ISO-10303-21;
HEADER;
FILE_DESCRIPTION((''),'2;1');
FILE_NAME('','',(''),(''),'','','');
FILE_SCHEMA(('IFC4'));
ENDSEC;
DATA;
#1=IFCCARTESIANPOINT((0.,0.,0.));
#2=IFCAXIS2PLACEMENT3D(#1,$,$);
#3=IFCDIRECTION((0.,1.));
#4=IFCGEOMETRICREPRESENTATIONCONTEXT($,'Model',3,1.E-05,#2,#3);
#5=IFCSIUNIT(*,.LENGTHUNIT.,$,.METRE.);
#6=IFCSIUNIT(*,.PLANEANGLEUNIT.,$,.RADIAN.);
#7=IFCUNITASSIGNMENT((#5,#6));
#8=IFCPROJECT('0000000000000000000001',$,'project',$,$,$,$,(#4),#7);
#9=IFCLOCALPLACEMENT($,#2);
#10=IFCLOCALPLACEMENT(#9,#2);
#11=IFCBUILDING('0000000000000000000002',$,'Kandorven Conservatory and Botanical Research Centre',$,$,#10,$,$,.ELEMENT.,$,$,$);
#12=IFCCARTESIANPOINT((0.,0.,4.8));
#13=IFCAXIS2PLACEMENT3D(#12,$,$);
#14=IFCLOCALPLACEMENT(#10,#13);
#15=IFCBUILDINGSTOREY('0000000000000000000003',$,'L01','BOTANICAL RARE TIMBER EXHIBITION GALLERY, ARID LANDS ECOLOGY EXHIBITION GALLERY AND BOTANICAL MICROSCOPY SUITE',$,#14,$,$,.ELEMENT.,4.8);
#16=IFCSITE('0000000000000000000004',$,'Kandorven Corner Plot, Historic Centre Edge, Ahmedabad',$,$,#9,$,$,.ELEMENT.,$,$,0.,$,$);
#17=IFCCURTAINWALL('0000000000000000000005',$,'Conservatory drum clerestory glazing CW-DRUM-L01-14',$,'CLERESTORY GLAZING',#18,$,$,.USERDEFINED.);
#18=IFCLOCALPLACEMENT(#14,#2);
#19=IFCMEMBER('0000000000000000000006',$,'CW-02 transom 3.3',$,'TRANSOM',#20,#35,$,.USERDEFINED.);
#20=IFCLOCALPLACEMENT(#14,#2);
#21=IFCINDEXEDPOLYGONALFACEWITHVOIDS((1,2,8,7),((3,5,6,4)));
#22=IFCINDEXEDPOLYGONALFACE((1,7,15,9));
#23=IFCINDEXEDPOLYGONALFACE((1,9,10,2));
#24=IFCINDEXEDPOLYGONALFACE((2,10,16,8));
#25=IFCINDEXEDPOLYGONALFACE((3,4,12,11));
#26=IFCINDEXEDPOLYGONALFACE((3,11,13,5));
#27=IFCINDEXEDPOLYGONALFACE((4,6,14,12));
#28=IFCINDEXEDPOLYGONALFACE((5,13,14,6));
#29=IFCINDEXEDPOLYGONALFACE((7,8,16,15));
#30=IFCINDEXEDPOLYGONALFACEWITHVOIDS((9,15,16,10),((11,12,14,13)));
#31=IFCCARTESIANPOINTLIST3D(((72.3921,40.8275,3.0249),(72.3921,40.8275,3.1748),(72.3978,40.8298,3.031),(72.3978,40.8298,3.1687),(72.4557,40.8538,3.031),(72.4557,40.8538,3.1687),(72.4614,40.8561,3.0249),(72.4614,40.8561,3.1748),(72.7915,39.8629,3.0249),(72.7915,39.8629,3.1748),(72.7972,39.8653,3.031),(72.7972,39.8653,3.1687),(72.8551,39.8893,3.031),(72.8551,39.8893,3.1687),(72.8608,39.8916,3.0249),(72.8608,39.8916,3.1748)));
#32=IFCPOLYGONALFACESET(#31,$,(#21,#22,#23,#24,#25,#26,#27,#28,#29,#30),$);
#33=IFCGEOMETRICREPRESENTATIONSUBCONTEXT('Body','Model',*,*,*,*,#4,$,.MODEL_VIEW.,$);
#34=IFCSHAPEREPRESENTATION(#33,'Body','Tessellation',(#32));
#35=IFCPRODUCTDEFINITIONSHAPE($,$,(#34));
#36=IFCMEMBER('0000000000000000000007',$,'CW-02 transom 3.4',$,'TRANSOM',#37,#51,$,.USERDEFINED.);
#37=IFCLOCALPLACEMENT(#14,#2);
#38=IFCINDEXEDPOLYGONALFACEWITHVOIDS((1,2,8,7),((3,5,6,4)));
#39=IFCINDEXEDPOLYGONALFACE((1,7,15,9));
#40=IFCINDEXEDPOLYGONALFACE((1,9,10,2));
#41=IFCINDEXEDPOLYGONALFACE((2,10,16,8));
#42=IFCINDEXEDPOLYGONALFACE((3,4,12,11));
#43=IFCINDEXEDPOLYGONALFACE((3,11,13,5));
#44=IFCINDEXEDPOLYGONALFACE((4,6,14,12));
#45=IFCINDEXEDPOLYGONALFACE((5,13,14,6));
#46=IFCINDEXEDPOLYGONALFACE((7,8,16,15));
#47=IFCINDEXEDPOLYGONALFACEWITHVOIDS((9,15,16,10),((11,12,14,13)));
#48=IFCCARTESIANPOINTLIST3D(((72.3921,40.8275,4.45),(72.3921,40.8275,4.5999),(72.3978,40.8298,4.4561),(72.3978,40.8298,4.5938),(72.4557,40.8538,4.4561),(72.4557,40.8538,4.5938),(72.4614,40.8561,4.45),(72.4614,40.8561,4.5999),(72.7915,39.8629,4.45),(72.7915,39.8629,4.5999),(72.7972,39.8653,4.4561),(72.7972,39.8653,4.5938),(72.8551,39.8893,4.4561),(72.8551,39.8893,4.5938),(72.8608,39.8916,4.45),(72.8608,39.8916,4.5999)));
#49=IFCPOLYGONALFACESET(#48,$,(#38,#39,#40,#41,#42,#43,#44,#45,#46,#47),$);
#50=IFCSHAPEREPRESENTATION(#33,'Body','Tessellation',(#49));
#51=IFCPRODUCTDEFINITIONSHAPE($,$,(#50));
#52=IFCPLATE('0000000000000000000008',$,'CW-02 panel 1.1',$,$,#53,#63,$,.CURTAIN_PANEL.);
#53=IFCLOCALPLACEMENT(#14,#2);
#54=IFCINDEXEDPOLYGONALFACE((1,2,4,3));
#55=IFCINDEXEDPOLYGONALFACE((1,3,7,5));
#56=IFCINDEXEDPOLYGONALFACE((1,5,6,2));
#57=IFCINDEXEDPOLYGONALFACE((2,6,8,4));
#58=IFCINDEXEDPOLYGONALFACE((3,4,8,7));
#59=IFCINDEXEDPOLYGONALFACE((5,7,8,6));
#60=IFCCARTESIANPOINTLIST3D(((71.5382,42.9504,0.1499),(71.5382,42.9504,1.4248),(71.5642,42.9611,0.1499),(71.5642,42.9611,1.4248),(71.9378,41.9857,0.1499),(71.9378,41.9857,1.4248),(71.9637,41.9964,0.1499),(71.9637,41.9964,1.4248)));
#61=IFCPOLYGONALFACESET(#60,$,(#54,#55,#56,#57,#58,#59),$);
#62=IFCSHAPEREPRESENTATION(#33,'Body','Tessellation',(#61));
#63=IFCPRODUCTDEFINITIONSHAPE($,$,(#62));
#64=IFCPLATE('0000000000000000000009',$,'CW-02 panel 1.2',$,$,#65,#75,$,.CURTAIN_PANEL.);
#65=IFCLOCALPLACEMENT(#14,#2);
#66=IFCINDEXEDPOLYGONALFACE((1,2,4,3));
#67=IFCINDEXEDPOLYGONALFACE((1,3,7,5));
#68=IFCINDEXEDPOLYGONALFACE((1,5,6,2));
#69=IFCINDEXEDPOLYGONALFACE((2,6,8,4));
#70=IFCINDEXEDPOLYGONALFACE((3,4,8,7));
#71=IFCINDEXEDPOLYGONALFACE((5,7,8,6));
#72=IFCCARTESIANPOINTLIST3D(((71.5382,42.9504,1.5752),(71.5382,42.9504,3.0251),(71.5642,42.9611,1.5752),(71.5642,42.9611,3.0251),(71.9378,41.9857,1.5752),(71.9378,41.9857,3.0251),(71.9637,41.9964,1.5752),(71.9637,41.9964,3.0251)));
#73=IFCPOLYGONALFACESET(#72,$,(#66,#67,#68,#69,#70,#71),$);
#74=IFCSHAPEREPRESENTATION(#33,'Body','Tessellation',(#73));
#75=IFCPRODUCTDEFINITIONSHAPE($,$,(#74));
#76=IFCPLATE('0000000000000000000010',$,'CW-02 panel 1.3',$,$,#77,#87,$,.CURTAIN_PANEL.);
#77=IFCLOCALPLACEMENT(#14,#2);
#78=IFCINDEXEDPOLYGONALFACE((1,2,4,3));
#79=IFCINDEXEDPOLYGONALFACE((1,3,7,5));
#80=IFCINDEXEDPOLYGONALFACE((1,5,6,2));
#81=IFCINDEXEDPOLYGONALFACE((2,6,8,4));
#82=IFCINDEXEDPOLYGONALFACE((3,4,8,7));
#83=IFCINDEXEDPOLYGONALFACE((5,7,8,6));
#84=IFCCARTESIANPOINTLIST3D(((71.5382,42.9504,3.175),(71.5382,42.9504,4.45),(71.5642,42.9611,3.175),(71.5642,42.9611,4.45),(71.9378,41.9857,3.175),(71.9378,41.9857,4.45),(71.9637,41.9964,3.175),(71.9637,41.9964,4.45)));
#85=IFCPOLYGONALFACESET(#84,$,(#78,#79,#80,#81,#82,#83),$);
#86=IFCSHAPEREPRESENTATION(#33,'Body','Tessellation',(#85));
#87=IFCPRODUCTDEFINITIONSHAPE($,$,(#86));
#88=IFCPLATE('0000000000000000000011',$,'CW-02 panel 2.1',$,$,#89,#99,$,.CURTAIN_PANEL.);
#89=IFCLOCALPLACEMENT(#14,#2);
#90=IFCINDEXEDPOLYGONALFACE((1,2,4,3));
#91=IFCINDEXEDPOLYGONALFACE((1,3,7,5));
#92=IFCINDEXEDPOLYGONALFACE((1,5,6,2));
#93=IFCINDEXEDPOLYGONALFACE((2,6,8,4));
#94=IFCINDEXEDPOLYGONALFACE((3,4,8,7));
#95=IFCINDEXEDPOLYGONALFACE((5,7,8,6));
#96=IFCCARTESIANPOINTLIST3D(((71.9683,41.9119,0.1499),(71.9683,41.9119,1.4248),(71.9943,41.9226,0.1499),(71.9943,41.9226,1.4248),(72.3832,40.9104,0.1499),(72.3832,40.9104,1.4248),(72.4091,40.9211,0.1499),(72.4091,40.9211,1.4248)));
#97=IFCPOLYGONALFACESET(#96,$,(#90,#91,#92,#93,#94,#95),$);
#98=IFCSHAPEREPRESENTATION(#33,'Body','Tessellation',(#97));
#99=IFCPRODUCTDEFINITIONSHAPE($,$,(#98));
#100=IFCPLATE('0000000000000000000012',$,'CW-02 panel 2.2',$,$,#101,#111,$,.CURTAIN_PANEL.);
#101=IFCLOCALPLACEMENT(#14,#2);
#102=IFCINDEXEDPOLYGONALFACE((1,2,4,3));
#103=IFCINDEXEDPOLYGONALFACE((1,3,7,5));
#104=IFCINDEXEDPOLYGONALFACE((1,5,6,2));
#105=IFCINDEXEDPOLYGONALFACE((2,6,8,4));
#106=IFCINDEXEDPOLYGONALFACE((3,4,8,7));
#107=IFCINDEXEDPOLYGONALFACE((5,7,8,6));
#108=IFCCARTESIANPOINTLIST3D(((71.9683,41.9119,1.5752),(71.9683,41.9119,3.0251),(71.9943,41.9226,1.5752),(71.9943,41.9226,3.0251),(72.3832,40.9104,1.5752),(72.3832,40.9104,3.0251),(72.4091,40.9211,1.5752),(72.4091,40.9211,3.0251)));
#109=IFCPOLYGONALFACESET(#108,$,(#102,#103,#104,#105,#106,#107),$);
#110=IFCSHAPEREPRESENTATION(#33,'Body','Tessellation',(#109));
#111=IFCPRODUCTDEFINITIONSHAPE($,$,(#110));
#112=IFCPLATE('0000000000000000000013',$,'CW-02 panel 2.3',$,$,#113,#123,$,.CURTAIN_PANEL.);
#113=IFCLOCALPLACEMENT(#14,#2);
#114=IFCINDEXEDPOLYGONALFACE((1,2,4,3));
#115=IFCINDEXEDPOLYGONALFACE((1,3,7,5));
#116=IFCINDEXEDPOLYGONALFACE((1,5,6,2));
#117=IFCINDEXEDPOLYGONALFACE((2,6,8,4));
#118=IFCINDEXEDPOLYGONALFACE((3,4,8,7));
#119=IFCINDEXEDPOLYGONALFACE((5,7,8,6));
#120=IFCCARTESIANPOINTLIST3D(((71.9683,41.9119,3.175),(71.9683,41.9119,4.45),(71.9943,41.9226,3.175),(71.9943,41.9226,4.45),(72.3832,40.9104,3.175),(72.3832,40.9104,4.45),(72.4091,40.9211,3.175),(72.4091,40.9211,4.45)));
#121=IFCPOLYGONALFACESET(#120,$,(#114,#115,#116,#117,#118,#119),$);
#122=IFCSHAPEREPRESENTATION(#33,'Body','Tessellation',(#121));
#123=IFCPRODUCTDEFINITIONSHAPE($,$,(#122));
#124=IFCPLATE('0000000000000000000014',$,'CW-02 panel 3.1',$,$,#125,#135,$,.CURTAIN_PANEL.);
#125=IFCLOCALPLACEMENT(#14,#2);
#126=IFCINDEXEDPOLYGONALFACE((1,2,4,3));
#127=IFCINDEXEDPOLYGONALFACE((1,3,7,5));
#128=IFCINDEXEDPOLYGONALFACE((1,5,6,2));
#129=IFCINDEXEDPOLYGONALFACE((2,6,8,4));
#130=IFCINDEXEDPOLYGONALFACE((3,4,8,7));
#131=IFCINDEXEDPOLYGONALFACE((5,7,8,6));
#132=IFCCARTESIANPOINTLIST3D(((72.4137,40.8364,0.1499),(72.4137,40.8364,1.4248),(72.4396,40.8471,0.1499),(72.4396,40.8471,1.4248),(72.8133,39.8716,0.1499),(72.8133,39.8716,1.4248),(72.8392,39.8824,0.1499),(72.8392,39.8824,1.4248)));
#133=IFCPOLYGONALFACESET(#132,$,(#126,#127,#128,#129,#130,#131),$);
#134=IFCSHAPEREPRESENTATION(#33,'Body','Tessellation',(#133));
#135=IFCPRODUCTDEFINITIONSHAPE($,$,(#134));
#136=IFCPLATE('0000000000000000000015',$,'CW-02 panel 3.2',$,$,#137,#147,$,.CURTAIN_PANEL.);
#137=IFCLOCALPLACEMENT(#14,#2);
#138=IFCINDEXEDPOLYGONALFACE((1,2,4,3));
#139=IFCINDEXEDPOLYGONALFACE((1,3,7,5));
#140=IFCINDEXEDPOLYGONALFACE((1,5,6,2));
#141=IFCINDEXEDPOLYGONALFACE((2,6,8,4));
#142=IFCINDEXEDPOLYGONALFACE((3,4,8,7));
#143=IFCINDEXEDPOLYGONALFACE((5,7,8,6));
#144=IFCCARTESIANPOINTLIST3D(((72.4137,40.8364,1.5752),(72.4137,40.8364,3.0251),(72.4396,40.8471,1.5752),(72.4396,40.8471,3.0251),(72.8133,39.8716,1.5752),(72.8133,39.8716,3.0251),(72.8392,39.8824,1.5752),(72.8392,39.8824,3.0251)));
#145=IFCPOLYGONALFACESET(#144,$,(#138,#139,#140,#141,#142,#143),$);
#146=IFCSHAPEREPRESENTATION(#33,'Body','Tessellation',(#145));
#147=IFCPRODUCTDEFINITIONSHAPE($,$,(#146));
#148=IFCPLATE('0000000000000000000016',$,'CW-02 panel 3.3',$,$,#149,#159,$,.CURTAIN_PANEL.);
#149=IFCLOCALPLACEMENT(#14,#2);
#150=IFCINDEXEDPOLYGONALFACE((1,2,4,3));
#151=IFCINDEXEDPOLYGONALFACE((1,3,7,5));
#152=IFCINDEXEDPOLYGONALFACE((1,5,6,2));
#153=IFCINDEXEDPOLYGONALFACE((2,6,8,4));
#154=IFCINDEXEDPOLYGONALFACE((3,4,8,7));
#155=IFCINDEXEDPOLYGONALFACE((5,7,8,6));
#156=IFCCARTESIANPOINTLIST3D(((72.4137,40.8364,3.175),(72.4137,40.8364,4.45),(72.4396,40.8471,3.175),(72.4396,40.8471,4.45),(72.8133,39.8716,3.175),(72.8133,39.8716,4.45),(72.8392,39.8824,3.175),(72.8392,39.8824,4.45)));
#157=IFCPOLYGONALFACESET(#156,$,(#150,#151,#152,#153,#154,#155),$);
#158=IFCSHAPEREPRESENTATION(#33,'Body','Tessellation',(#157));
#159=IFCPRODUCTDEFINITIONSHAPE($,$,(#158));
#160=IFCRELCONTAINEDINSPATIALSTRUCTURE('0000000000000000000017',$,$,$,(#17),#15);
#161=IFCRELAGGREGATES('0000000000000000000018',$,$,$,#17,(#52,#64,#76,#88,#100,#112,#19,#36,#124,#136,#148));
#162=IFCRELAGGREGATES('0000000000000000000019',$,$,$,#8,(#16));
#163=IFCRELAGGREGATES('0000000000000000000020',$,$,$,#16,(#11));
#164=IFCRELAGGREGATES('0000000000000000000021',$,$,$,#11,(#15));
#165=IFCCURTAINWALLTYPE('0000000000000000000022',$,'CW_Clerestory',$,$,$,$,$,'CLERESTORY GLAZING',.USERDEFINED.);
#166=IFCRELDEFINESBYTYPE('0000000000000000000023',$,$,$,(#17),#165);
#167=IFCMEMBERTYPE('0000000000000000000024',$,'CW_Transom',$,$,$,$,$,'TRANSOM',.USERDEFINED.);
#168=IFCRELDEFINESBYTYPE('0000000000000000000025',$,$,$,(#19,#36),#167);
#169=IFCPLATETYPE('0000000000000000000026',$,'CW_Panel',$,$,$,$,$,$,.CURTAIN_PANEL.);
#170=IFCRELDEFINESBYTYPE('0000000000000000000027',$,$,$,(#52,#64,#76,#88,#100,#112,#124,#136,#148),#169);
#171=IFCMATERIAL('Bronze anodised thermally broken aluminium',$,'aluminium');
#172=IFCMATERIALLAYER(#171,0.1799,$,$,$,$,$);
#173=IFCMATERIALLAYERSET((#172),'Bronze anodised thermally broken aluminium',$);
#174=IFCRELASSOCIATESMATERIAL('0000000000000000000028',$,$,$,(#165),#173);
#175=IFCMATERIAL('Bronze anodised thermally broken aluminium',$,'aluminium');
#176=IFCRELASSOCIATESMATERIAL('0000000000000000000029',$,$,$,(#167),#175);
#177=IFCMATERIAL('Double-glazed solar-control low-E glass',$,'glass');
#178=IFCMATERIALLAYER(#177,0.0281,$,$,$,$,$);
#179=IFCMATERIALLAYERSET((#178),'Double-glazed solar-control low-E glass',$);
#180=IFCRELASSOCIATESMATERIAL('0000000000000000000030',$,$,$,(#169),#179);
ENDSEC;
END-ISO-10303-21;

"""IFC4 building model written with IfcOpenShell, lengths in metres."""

from ifc_helpers import new_model, si_unit, direction, frame, origin, origin_2d, place, context, subcontext, project, spatial, rectangle, hollow_rectangle, extrude, material, layer, layer_set, material_profile, profile_set, type_object, element, aggregate, save


model = new_model("IFC4")

# Units and contexts
model_context = context("Model", 3, precision=1e-05, world=origin(), true_north=direction((0.0, 1.0)))
body_context = subcontext(model_context, "Body", "Model", "MODEL_VIEW")
ifc_project = project(units=[si_unit("LENGTHUNIT", "METRE"), si_unit("PLANEANGLEUNIT", "RADIAN")], contexts=[model_context])

# Site, building, storey
site_placement = place(None, origin())
site = spatial("IfcSite", under=ifc_project, at=site_placement, Name="Kandorven Corner Plot, Historic Centre Edge, Ahmedabad", CompositionType="ELEMENT", RefElevation=0.0)
building_placement = place(site_placement, origin())
building = spatial("IfcBuilding", under=site, at=building_placement, Name="Kandorven Conservatory and Botanical Research Centre", CompositionType="ELEMENT")
storey_placement = place(building_placement, frame((0.0, 0.0, 4.8)))
storey = spatial("IfcBuildingStorey", under=building, at=storey_placement, Name="L01", Description="BOTANICAL RARE TIMBER EXHIBITION GALLERY, ARID LANDS ECOLOGY EXHIBITION GALLERY AND BOTANICAL MICROSCOPY SUITE", CompositionType="ELEMENT", Elevation=4.8)

# Curtain wall
ifc_material_1 = material(Name="Bronze anodised thermally broken aluminium", Category="aluminium")
ifc_layer_1 = layer(ifc_material_1, 0.1799)
ifc_layer_set_1 = layer_set([ifc_layer_1], Name="Bronze anodised thermally broken aluminium")
curtain_wall_type = type_object("IfcCurtainWallType", Name="CW_Clerestory", ElementType="CLERESTORY GLAZING", PredefinedType="USERDEFINED", material=ifc_layer_set_1)
curtain_wall_1_placement = place(storey_placement, origin())
curtain_wall_1 = element("IfcCurtainWall", 1, at=curtain_wall_1_placement, inside=storey, type_object=curtain_wall_type, Name="Conservatory drum clerestory glazing CW-DRUM-L01-14", ObjectType="CLERESTORY GLAZING", PredefinedType="USERDEFINED")

# Members
ifc_material_2 = material(Name="Bronze anodised thermally broken aluminium", Category="aluminium")
ifc_material_profile_1 = material_profile(ifc_material_2, hollow_rectangle(XDim=0.075, YDim=0.1499, WallThickness=0.0061, at=origin_2d()))
ifc_profile_set_1 = profile_set([ifc_material_profile_1], Name="Bronze anodised thermally broken aluminium")
member_type_1 = type_object("IfcMemberType", Name="CW_Transom", ElementType="TRANSOM", PredefinedType="USERDEFINED", material=ifc_profile_set_1)
member_1_placement = place(storey_placement, frame((72.4268, 40.8418, 3.0999), z_axis=(0.382572, -0.923926, 0.0), x_axis=(0.923926, 0.382572, 0.0)))
member_1 = element("IfcMember", 2, at=member_1_placement, type_object=member_type_1, Name="CW-02 transom 3.3", ObjectType="TRANSOM", PredefinedType="USERDEFINED", context=body_context, shape_type="SweptSolid", body=[
    extrude(hollow_rectangle(XDim=0.075, YDim=0.1499, WallThickness=0.0061, at=origin_2d()), origin(), (0.0, 0.0, 1.0), 1.0439),
])
member_2_placement = place(storey_placement, frame((72.4268, 40.8418, 4.5249), z_axis=(0.382572, -0.923926, 0.0), x_axis=(0.923926, 0.382572, 0.0)))
member_2 = element("IfcMember", 3, at=member_2_placement, type_object=member_type_1, Name="CW-02 transom 3.4", ObjectType="TRANSOM", PredefinedType="USERDEFINED", context=body_context, shape_type="SweptSolid", body=[
    extrude(hollow_rectangle(XDim=0.075, YDim=0.1499, WallThickness=0.0061, at=origin_2d()), origin(), (0.0, 0.0, 1.0), 1.0439),
])

# Plates
ifc_material_3 = material(Name="Double-glazed solar-control low-E glass", Category="glass")
ifc_layer_2 = layer(ifc_material_3, 0.0281)
ifc_layer_set_2 = layer_set([ifc_layer_2], Name="Double-glazed solar-control low-E glass")
plate_type = type_object("IfcPlateType", Name="CW_Panel", PredefinedType="CURTAIN_PANEL", material=ifc_layer_set_2)
plate_1_placement = place(storey_placement, frame((71.751, 42.4734, 0.1499), z_axis=(0.0, 0.0, 1.0), x_axis=(0.382669, -0.923886, 0.0)))
plate_1 = element("IfcPlate", 4, at=plate_1_placement, type_object=plate_type, Name="CW-02 panel 1.1", PredefinedType="CURTAIN_PANEL", context=body_context, shape_type="SweptSolid", body=[
    extrude(rectangle(XDim=1.0442, YDim=0.0281, at=origin_2d()), origin(), (0.0, 0.0, 1.0), 1.2749),
])
plate_2_placement = place(storey_placement, frame((71.751, 42.4734, 1.5752), z_axis=(0.0, 0.0, 1.0), x_axis=(0.382669, -0.923886, 0.0)))
plate_2 = element("IfcPlate", 5, at=plate_2_placement, type_object=plate_type, Name="CW-02 panel 1.2", PredefinedType="CURTAIN_PANEL", context=body_context, shape_type="SweptSolid", body=[
    extrude(rectangle(XDim=1.0442, YDim=0.0281, at=origin_2d()), origin(), (0.0, 0.0, 1.0), 1.45),
])
plate_3_placement = place(storey_placement, frame((71.751, 42.4734, 3.175), z_axis=(0.0, 0.0, 1.0), x_axis=(0.382669, -0.923886, 0.0)))
plate_3 = element("IfcPlate", 6, at=plate_3_placement, type_object=plate_type, Name="CW-02 panel 1.3", PredefinedType="CURTAIN_PANEL", context=body_context, shape_type="SweptSolid", body=[
    extrude(rectangle(XDim=1.0442, YDim=0.0281, at=origin_2d()), origin(), (0.0, 0.0, 1.0), 1.2749),
])
plate_4_placement = place(storey_placement, frame((72.1887, 41.4165, 0.1499), z_axis=(0.0, 0.0, 1.0), x_axis=(0.382669, -0.923886, 0.0)))
plate_4 = element("IfcPlate", 7, at=plate_4_placement, type_object=plate_type, Name="CW-02 panel 2.1", PredefinedType="CURTAIN_PANEL", context=body_context, shape_type="SweptSolid", body=[
    extrude(rectangle(XDim=1.084, YDim=0.0281, at=origin_2d()), origin(), (0.0, 0.0, 1.0), 1.2749),
])
plate_5_placement = place(storey_placement, frame((72.1887, 41.4165, 1.5752), z_axis=(0.0, 0.0, 1.0), x_axis=(0.382669, -0.923886, 0.0)))
plate_5 = element("IfcPlate", 8, at=plate_5_placement, type_object=plate_type, Name="CW-02 panel 2.2", PredefinedType="CURTAIN_PANEL", context=body_context, shape_type="SweptSolid", body=[
    extrude(rectangle(XDim=1.084, YDim=0.0281, at=origin_2d()), origin(), (0.0, 0.0, 1.0), 1.45),
])
plate_6_placement = place(storey_placement, frame((72.1887, 41.4165, 3.175), z_axis=(0.0, 0.0, 1.0), x_axis=(0.382669, -0.923886, 0.0)))
plate_6 = element("IfcPlate", 9, at=plate_6_placement, type_object=plate_type, Name="CW-02 panel 2.3", PredefinedType="CURTAIN_PANEL", context=body_context, shape_type="SweptSolid", body=[
    extrude(rectangle(XDim=1.084, YDim=0.0281, at=origin_2d()), origin(), (0.0, 0.0, 1.0), 1.2749),
])
plate_7_placement = place(storey_placement, frame((72.6265, 40.3594, 0.1499), z_axis=(0.0, 0.0, 1.0), x_axis=(0.382669, -0.923886, 0.0)))
plate_7 = element("IfcPlate", 10, at=plate_7_placement, type_object=plate_type, Name="CW-02 panel 3.1", PredefinedType="CURTAIN_PANEL", context=body_context, shape_type="SweptSolid", body=[
    extrude(rectangle(XDim=1.0442, YDim=0.0281, at=origin_2d()), origin(), (0.0, 0.0, 1.0), 1.2749),
])
plate_8_placement = place(storey_placement, frame((72.6265, 40.3594, 1.5752), z_axis=(0.0, 0.0, 1.0), x_axis=(0.382669, -0.923886, 0.0)))
plate_8 = element("IfcPlate", 11, at=plate_8_placement, type_object=plate_type, Name="CW-02 panel 3.2", PredefinedType="CURTAIN_PANEL", context=body_context, shape_type="SweptSolid", body=[
    extrude(rectangle(XDim=1.0442, YDim=0.0281, at=origin_2d()), origin(), (0.0, 0.0, 1.0), 1.45),
])
plate_9_placement = place(storey_placement, frame((72.6265, 40.3594, 3.175), z_axis=(0.0, 0.0, 1.0), x_axis=(0.382669, -0.923886, 0.0)))
plate_9 = element("IfcPlate", 12, at=plate_9_placement, type_object=plate_type, Name="CW-02 panel 3.3", PredefinedType="CURTAIN_PANEL", context=body_context, shape_type="SweptSolid", body=[
    extrude(rectangle(XDim=1.0442, YDim=0.0281, at=origin_2d()), origin(), (0.0, 0.0, 1.0), 1.2749),
])
aggregate(curtain_wall_1, [plate_1, plate_2, plate_3, plate_4, plate_5, plate_6, member_1, member_2, plate_7, plate_8, plate_9])

save(model, "model.ifc")
